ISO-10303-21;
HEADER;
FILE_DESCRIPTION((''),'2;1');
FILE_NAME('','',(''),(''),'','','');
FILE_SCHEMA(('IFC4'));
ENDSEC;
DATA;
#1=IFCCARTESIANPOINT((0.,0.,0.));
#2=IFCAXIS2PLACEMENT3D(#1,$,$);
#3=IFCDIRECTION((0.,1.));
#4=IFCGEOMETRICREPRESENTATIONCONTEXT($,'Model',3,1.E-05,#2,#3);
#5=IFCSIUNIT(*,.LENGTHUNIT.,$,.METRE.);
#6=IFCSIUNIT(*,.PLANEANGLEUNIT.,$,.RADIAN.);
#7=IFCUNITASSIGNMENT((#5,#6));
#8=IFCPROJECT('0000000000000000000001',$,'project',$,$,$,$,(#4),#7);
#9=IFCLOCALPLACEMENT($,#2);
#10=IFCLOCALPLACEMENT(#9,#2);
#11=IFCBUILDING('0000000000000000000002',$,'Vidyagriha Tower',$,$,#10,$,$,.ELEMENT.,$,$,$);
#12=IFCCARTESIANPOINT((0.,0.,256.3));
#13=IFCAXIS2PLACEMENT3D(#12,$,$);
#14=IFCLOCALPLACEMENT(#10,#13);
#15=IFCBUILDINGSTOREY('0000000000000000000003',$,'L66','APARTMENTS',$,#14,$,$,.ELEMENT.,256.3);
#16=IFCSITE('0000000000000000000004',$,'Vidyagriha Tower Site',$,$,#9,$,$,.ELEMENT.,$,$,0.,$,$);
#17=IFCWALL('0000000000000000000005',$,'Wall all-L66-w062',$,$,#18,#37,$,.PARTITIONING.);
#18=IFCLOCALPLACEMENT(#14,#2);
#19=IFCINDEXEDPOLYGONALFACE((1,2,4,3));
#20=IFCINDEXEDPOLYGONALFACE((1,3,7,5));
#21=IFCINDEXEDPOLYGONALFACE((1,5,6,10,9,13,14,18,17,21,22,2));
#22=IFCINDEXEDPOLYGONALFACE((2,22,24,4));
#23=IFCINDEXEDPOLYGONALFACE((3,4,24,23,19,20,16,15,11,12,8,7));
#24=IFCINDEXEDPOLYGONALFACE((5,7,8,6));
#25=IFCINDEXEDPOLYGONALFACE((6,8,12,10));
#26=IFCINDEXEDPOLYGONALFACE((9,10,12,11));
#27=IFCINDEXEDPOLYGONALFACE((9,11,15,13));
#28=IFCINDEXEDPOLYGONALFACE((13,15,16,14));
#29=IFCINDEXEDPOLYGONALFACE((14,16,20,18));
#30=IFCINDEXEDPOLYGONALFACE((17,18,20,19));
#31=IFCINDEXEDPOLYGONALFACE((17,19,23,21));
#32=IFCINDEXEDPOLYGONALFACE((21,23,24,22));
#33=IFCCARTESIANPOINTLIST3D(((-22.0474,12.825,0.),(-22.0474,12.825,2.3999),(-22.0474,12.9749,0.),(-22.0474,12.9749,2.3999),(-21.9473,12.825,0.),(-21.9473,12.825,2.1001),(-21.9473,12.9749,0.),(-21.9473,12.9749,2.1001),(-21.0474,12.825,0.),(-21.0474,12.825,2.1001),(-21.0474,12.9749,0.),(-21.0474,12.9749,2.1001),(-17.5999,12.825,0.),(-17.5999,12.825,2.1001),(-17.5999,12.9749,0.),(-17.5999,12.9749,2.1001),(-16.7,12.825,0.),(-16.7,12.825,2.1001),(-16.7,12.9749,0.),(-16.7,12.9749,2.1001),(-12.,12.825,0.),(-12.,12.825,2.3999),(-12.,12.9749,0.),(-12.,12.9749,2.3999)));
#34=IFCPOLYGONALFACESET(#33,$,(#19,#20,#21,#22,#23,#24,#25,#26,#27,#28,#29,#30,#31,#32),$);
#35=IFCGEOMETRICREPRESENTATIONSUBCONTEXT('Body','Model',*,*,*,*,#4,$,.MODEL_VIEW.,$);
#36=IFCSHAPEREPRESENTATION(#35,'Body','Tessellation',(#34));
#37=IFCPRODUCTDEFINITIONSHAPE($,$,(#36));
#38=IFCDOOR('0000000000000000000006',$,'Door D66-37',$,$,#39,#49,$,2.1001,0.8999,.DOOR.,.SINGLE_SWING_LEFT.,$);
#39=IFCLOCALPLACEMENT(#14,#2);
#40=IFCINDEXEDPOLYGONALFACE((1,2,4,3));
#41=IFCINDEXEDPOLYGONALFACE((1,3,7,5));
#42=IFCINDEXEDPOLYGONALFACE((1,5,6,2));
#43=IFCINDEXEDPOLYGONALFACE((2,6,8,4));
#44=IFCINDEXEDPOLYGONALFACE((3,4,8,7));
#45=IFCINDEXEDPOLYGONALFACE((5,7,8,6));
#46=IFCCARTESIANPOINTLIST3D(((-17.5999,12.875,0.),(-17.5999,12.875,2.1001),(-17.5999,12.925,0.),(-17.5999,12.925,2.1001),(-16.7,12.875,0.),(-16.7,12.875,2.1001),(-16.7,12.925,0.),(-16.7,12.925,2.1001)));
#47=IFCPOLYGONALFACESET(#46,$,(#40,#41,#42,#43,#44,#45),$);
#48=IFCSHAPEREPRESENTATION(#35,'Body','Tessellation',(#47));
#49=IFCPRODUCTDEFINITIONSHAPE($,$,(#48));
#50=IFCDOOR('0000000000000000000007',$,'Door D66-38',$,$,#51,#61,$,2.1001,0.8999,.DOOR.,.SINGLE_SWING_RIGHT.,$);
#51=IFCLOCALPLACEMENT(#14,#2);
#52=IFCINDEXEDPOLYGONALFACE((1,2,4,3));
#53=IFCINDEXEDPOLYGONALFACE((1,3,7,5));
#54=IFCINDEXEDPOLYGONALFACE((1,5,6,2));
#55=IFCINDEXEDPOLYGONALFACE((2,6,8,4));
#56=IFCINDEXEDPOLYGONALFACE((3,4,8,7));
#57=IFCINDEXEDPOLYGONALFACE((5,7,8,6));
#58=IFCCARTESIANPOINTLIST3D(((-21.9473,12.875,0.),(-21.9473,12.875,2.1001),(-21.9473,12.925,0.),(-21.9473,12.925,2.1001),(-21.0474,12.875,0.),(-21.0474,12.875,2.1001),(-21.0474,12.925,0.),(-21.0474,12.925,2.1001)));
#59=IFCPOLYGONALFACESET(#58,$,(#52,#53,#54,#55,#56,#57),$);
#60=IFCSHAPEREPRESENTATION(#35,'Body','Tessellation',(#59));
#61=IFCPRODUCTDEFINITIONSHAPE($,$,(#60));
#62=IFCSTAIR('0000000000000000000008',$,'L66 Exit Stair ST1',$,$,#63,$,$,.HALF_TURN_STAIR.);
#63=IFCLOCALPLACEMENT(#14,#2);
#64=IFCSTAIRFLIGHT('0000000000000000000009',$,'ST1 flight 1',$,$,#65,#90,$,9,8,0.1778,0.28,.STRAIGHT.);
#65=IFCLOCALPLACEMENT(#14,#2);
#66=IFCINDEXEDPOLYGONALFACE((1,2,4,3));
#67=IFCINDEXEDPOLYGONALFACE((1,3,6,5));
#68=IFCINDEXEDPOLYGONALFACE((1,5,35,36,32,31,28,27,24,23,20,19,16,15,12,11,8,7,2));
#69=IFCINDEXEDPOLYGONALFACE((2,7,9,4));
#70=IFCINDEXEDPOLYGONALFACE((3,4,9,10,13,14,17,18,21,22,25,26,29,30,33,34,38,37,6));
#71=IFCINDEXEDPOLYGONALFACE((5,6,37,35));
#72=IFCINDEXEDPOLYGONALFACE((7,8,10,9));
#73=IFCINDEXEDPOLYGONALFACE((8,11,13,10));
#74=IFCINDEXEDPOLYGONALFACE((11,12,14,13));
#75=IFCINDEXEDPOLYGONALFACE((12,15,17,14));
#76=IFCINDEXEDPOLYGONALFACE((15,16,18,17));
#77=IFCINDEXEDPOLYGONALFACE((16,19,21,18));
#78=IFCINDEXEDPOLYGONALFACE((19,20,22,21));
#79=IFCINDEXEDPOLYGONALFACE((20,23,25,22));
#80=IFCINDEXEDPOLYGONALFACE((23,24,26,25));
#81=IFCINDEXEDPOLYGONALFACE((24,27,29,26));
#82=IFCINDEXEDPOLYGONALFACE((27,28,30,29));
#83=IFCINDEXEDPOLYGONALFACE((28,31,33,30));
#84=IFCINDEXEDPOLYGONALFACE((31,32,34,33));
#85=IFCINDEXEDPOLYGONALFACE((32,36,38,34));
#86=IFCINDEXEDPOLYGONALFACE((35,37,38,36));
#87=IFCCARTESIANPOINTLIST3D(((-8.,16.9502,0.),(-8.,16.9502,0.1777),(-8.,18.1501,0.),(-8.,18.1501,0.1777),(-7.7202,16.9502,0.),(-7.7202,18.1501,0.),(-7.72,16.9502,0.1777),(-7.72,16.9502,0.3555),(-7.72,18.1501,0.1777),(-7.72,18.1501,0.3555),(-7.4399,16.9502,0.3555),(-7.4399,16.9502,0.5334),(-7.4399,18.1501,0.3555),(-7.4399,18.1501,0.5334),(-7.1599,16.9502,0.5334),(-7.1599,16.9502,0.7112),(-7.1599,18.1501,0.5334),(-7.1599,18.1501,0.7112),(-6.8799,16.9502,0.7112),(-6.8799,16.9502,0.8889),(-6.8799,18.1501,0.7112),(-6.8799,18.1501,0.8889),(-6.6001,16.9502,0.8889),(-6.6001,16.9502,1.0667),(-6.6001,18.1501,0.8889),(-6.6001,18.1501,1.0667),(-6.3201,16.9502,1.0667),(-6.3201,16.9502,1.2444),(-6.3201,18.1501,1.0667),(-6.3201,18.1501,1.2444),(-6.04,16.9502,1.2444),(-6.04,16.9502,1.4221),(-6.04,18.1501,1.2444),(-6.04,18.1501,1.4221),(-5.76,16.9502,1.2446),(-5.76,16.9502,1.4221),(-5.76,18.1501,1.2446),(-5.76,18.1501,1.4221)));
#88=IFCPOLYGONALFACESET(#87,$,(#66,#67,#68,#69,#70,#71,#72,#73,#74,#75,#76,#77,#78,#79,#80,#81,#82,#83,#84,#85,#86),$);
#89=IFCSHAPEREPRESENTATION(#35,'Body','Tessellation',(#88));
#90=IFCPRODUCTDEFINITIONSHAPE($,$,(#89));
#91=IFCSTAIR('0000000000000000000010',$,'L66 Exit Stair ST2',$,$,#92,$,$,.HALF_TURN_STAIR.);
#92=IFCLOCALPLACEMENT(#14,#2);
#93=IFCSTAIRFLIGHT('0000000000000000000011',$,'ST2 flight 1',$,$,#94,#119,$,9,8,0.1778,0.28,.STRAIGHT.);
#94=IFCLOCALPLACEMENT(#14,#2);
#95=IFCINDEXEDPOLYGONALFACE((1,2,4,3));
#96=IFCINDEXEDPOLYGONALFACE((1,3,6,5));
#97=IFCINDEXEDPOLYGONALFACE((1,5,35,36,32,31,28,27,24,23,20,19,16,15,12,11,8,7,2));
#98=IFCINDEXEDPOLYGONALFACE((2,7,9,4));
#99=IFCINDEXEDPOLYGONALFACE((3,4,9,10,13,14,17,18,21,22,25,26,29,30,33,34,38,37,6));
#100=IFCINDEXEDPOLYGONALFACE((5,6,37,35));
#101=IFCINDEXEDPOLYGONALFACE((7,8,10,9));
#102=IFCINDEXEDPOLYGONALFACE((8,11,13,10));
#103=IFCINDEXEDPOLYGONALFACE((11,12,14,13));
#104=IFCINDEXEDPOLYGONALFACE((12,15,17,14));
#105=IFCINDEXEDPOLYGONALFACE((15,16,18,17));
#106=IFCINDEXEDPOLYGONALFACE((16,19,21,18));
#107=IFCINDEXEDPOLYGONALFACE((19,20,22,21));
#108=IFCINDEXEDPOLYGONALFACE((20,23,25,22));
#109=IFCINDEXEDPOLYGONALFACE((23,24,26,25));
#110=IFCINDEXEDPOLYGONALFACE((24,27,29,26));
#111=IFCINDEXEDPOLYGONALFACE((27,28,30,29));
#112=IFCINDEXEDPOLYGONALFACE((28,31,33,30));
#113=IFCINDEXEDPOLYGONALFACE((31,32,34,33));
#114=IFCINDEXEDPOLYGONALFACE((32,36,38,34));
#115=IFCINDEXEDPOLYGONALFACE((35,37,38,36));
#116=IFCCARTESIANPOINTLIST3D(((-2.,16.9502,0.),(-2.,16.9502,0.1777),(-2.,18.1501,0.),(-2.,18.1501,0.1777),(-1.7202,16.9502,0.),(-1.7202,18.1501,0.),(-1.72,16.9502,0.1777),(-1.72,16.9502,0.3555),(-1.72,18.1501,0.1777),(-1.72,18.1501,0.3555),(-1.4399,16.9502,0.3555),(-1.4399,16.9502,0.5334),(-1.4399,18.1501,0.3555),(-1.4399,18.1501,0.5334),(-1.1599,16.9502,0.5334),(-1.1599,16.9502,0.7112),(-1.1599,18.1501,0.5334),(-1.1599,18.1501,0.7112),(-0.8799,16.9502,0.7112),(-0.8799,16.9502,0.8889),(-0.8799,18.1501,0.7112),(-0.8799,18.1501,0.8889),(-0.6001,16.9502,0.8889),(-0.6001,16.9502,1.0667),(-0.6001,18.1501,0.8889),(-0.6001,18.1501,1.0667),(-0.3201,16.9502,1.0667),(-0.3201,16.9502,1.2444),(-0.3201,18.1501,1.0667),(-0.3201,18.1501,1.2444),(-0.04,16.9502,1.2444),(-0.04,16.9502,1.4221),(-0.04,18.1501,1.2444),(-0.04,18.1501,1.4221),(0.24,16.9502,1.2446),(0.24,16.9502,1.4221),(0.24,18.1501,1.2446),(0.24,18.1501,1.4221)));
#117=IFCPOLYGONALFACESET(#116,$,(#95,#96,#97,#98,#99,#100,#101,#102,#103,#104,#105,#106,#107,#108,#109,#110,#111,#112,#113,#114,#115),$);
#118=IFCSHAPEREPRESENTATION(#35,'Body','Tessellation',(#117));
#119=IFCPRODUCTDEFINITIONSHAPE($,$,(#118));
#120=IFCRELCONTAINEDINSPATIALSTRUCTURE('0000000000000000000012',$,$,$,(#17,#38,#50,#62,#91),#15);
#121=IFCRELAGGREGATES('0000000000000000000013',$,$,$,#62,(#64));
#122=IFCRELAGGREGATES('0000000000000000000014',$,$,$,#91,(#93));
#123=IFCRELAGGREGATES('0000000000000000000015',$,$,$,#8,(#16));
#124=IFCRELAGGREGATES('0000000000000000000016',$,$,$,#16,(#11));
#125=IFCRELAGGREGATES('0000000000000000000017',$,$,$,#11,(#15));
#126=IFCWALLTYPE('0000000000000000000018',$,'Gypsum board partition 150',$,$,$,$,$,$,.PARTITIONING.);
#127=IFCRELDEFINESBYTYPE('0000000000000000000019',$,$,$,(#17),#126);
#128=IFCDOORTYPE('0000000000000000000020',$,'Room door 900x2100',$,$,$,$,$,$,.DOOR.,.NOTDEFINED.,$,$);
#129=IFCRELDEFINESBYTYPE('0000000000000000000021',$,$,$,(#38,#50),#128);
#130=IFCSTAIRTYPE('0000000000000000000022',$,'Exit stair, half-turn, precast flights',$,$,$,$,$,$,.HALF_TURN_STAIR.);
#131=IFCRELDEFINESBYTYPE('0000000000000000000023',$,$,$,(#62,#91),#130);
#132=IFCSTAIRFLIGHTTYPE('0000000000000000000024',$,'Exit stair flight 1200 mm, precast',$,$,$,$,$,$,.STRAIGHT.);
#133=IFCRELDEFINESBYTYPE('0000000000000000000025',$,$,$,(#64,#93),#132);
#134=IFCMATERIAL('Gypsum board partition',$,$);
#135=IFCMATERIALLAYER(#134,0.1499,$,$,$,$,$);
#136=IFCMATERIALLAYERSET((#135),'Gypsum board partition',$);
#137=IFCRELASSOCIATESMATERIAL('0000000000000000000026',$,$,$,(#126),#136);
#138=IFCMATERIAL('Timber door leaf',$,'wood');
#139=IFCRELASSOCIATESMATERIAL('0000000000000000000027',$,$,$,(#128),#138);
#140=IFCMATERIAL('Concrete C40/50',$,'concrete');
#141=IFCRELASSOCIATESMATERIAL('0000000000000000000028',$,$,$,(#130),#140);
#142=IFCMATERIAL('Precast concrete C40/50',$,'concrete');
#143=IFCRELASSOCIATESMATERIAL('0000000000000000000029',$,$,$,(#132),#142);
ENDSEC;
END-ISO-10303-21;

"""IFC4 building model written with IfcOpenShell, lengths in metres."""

from ifc_helpers import new_model, si_unit, direction, frame, frame_2d, origin, place, context, subcontext, project, spatial, polyline, rectangle, outline, extrude, material, layer, layer_set, type_object, element, fill, aggregate, save


model = new_model("IFC4")

# Units and contexts
model_context = context("Model", 3, precision=1e-05, world=origin(), true_north=direction((0.0, 1.0)))
body_context = subcontext(model_context, "Body", "Model", "MODEL_VIEW")
ifc_project = project(units=[si_unit("LENGTHUNIT", "METRE"), si_unit("PLANEANGLEUNIT", "RADIAN")], contexts=[model_context])

# Site, building, storey
site_placement = place(None, origin())
site = spatial("IfcSite", under=ifc_project, at=site_placement, Name="Vidyagriha Tower Site", CompositionType="ELEMENT", RefElevation=0.0)
building_placement = place(site_placement, origin())
building = spatial("IfcBuilding", under=site, at=building_placement, Name="Vidyagriha Tower", CompositionType="ELEMENT")
storey_placement = place(building_placement, frame((0.0, 0.0, 256.3)))
storey = spatial("IfcBuildingStorey", under=building, at=storey_placement, Name="L66", Description="APARTMENTS", CompositionType="ELEMENT", Elevation=256.3)

# Wall, openings, doors
ifc_material_1 = material(Name="Gypsum board partition")
ifc_layer_1 = layer(ifc_material_1, 0.1499)
ifc_layer_set_1 = layer_set([ifc_layer_1], Name="Gypsum board partition")
wall_type_1 = type_object("IfcWallType", Name="Gypsum board partition 150", PredefinedType="PARTITIONING", material=ifc_layer_set_1)
wall_1_placement = place(storey_placement, frame((-12.0, 12.8999, 0.0), z_axis=(0.0, 0.0, 1.0), x_axis=(-1.0, 0.0, 0.0)))
wall_1 = element("IfcWall", 1, at=wall_1_placement, inside=storey, type_object=wall_type_1, Name="Wall all-L66-w062", PredefinedType="PARTITIONING", context=body_context, shape_type="SweptSolid", body=[
    extrude(rectangle(XDim=10.0474, YDim=0.1499, at=frame_2d((5.0237, 0.0))), origin(), (0.0, 0.0, 1.0), 2.3999),
])
opening_1_placement = place(wall_1_placement, frame((4.7, 0.0, 0.0)))
opening_1 = element("IfcOpeningElement", 2, at=opening_1_placement, cuts=wall_1, PredefinedType="OPENING", context=body_context, shape_type="SweptSolid", body=[
    extrude(rectangle(XDim=0.8999, YDim=2.1001, at=frame_2d((0.45, 1.05))), frame((0.0, 0.085, 0.0), z_axis=(0.0, -1.0, 0.0), x_axis=(1.0, 0.0, 0.0)), (0.0, 0.0, 1.0), 0.1699),
])
opening_2_placement = place(wall_1_placement, frame((9.0474, 0.0, 0.0)))
opening_2 = element("IfcOpeningElement", 3, at=opening_2_placement, cuts=wall_1, PredefinedType="OPENING", context=body_context, shape_type="SweptSolid", body=[
    extrude(rectangle(XDim=0.8999, YDim=2.1001, at=frame_2d((0.45, 1.05))), frame((0.0, 0.085, 0.0), z_axis=(0.0, -1.0, 0.0), x_axis=(1.0, 0.0, 0.0)), (0.0, 0.0, 1.0), 0.1699),
])
ifc_material_2 = material(Name="Timber door leaf", Category="wood")
door_type_1 = type_object("IfcDoorType", Name="Room door 900x2100", OperationType="NOTDEFINED", PredefinedType="DOOR", material=ifc_material_2)
door_1_placement = place(opening_1_placement, origin())
door_1 = element("IfcDoor", 4, at=door_1_placement, inside=storey, type_object=door_type_1, Name="Door D66-37", OperationType="SINGLE_SWING_LEFT", OverallHeight=2.1001, OverallWidth=0.8999, PredefinedType="DOOR", context=body_context, shape_type="SweptSolid", body=[
    extrude(rectangle(XDim=0.8999, YDim=2.1001, at=frame_2d((0.45, 1.05))), frame((0.0, 0.0249, 0.0), z_axis=(0.0, -1.0, 0.0), x_axis=(1.0, 0.0, 0.0)), (0.0, 0.0, 1.0), 0.05),
])
fill(opening_1, door_1)
door_2_placement = place(opening_2_placement, origin())
door_2 = element("IfcDoor", 5, at=door_2_placement, inside=storey, type_object=door_type_1, Name="Door D66-38", OperationType="SINGLE_SWING_RIGHT", OverallHeight=2.1001, OverallWidth=0.8999, PredefinedType="DOOR", context=body_context, shape_type="SweptSolid", body=[
    extrude(rectangle(XDim=0.8999, YDim=2.1001, at=frame_2d((0.45, 1.05))), frame((0.0, 0.0249, 0.0), z_axis=(0.0, -1.0, 0.0), x_axis=(1.0, 0.0, 0.0)), (0.0, 0.0, 1.0), 0.05),
])
fill(opening_2, door_2)

# Stairs, stair flights
ifc_material_3 = material(Name="Concrete C40/50", Category="concrete")
stair_type = type_object("IfcStairType", Name="Exit stair, half-turn, precast flights", PredefinedType="HALF_TURN_STAIR", material=ifc_material_3)
stair_1_placement = place(storey_placement, origin())
stair_1 = element("IfcStair", 6, at=stair_1_placement, inside=storey, type_object=stair_type, Name="L66 Exit Stair ST1", PredefinedType="HALF_TURN_STAIR")
ifc_material_4 = material(Name="Precast concrete C40/50", Category="concrete")
stair_flight_type = type_object("IfcStairFlightType", Name="Exit stair flight 1200 mm, precast", PredefinedType="STRAIGHT", material=ifc_material_4)
stair_flight_1_placement = place(storey_placement, frame((-8.0, 17.55, 0.0)))
stair_flight_1 = element("IfcStairFlight", 7, at=stair_flight_1_placement, type_object=stair_flight_type, Name="ST1 flight 1", NumberOfRisers=9, NumberOfTreads=8, PredefinedType="STRAIGHT", RiserHeight=0.1778, TreadLength=0.28, context=body_context, shape_type="SweptSolid", body=[
    extrude(outline(polyline([(0.0, 0.0), (0.0, 0.1777), (0.28, 0.1777), (0.28, 0.3555), (0.5601, 0.3555), (0.5601, 0.5334), (0.8401, 0.5334), (0.8401, 0.7112), (1.1201, 0.7112), (1.1201, 0.8889), (1.3999, 0.8889), (1.3999, 1.0667), (1.6799, 1.0667), (1.6799, 1.2444), (1.96, 1.2444), (1.96, 1.4221), (2.24, 1.4221), (2.24, 1.6001), (2.24, 1.2446), (0.2798, 0.0), (0.0, 0.0)])), frame((0.0, 0.6001, 0.0), z_axis=(0.0, -1.0, 0.0), x_axis=(1.0, 0.0, 0.0)), (0.0, 0.0, 1.0), 1.2),
])
aggregate(stair_1, [stair_flight_1])
stair_2_placement = place(storey_placement, origin())
stair_2 = element("IfcStair", 8, at=stair_2_placement, inside=storey, type_object=stair_type, Name="L66 Exit Stair ST2", PredefinedType="HALF_TURN_STAIR")
stair_flight_2_placement = place(storey_placement, frame((-2.0, 17.55, 0.0)))
stair_flight_2 = element("IfcStairFlight", 9, at=stair_flight_2_placement, type_object=stair_flight_type, Name="ST2 flight 1", NumberOfRisers=9, NumberOfTreads=8, PredefinedType="STRAIGHT", RiserHeight=0.1778, TreadLength=0.28, context=body_context, shape_type="SweptSolid", body=[
    extrude(outline(polyline([(0.0, 0.0), (0.0, 0.1777), (0.28, 0.1777), (0.28, 0.3555), (0.5601, 0.3555), (0.5601, 0.5334), (0.8401, 0.5334), (0.8401, 0.7112), (1.1201, 0.7112), (1.1201, 0.8889), (1.3999, 0.8889), (1.3999, 1.0667), (1.6799, 1.0667), (1.6799, 1.2444), (1.96, 1.2444), (1.96, 1.4221), (2.24, 1.4221), (2.24, 1.6001), (2.24, 1.2446), (0.2798, 0.0), (0.0, 0.0)])), frame((0.0, 0.6001, 0.0), z_axis=(0.0, -1.0, 0.0), x_axis=(1.0, 0.0, 0.0)), (0.0, 0.0, 1.0), 1.2),
])
aggregate(stair_2, [stair_flight_2])

save(model, "model.ifc")
